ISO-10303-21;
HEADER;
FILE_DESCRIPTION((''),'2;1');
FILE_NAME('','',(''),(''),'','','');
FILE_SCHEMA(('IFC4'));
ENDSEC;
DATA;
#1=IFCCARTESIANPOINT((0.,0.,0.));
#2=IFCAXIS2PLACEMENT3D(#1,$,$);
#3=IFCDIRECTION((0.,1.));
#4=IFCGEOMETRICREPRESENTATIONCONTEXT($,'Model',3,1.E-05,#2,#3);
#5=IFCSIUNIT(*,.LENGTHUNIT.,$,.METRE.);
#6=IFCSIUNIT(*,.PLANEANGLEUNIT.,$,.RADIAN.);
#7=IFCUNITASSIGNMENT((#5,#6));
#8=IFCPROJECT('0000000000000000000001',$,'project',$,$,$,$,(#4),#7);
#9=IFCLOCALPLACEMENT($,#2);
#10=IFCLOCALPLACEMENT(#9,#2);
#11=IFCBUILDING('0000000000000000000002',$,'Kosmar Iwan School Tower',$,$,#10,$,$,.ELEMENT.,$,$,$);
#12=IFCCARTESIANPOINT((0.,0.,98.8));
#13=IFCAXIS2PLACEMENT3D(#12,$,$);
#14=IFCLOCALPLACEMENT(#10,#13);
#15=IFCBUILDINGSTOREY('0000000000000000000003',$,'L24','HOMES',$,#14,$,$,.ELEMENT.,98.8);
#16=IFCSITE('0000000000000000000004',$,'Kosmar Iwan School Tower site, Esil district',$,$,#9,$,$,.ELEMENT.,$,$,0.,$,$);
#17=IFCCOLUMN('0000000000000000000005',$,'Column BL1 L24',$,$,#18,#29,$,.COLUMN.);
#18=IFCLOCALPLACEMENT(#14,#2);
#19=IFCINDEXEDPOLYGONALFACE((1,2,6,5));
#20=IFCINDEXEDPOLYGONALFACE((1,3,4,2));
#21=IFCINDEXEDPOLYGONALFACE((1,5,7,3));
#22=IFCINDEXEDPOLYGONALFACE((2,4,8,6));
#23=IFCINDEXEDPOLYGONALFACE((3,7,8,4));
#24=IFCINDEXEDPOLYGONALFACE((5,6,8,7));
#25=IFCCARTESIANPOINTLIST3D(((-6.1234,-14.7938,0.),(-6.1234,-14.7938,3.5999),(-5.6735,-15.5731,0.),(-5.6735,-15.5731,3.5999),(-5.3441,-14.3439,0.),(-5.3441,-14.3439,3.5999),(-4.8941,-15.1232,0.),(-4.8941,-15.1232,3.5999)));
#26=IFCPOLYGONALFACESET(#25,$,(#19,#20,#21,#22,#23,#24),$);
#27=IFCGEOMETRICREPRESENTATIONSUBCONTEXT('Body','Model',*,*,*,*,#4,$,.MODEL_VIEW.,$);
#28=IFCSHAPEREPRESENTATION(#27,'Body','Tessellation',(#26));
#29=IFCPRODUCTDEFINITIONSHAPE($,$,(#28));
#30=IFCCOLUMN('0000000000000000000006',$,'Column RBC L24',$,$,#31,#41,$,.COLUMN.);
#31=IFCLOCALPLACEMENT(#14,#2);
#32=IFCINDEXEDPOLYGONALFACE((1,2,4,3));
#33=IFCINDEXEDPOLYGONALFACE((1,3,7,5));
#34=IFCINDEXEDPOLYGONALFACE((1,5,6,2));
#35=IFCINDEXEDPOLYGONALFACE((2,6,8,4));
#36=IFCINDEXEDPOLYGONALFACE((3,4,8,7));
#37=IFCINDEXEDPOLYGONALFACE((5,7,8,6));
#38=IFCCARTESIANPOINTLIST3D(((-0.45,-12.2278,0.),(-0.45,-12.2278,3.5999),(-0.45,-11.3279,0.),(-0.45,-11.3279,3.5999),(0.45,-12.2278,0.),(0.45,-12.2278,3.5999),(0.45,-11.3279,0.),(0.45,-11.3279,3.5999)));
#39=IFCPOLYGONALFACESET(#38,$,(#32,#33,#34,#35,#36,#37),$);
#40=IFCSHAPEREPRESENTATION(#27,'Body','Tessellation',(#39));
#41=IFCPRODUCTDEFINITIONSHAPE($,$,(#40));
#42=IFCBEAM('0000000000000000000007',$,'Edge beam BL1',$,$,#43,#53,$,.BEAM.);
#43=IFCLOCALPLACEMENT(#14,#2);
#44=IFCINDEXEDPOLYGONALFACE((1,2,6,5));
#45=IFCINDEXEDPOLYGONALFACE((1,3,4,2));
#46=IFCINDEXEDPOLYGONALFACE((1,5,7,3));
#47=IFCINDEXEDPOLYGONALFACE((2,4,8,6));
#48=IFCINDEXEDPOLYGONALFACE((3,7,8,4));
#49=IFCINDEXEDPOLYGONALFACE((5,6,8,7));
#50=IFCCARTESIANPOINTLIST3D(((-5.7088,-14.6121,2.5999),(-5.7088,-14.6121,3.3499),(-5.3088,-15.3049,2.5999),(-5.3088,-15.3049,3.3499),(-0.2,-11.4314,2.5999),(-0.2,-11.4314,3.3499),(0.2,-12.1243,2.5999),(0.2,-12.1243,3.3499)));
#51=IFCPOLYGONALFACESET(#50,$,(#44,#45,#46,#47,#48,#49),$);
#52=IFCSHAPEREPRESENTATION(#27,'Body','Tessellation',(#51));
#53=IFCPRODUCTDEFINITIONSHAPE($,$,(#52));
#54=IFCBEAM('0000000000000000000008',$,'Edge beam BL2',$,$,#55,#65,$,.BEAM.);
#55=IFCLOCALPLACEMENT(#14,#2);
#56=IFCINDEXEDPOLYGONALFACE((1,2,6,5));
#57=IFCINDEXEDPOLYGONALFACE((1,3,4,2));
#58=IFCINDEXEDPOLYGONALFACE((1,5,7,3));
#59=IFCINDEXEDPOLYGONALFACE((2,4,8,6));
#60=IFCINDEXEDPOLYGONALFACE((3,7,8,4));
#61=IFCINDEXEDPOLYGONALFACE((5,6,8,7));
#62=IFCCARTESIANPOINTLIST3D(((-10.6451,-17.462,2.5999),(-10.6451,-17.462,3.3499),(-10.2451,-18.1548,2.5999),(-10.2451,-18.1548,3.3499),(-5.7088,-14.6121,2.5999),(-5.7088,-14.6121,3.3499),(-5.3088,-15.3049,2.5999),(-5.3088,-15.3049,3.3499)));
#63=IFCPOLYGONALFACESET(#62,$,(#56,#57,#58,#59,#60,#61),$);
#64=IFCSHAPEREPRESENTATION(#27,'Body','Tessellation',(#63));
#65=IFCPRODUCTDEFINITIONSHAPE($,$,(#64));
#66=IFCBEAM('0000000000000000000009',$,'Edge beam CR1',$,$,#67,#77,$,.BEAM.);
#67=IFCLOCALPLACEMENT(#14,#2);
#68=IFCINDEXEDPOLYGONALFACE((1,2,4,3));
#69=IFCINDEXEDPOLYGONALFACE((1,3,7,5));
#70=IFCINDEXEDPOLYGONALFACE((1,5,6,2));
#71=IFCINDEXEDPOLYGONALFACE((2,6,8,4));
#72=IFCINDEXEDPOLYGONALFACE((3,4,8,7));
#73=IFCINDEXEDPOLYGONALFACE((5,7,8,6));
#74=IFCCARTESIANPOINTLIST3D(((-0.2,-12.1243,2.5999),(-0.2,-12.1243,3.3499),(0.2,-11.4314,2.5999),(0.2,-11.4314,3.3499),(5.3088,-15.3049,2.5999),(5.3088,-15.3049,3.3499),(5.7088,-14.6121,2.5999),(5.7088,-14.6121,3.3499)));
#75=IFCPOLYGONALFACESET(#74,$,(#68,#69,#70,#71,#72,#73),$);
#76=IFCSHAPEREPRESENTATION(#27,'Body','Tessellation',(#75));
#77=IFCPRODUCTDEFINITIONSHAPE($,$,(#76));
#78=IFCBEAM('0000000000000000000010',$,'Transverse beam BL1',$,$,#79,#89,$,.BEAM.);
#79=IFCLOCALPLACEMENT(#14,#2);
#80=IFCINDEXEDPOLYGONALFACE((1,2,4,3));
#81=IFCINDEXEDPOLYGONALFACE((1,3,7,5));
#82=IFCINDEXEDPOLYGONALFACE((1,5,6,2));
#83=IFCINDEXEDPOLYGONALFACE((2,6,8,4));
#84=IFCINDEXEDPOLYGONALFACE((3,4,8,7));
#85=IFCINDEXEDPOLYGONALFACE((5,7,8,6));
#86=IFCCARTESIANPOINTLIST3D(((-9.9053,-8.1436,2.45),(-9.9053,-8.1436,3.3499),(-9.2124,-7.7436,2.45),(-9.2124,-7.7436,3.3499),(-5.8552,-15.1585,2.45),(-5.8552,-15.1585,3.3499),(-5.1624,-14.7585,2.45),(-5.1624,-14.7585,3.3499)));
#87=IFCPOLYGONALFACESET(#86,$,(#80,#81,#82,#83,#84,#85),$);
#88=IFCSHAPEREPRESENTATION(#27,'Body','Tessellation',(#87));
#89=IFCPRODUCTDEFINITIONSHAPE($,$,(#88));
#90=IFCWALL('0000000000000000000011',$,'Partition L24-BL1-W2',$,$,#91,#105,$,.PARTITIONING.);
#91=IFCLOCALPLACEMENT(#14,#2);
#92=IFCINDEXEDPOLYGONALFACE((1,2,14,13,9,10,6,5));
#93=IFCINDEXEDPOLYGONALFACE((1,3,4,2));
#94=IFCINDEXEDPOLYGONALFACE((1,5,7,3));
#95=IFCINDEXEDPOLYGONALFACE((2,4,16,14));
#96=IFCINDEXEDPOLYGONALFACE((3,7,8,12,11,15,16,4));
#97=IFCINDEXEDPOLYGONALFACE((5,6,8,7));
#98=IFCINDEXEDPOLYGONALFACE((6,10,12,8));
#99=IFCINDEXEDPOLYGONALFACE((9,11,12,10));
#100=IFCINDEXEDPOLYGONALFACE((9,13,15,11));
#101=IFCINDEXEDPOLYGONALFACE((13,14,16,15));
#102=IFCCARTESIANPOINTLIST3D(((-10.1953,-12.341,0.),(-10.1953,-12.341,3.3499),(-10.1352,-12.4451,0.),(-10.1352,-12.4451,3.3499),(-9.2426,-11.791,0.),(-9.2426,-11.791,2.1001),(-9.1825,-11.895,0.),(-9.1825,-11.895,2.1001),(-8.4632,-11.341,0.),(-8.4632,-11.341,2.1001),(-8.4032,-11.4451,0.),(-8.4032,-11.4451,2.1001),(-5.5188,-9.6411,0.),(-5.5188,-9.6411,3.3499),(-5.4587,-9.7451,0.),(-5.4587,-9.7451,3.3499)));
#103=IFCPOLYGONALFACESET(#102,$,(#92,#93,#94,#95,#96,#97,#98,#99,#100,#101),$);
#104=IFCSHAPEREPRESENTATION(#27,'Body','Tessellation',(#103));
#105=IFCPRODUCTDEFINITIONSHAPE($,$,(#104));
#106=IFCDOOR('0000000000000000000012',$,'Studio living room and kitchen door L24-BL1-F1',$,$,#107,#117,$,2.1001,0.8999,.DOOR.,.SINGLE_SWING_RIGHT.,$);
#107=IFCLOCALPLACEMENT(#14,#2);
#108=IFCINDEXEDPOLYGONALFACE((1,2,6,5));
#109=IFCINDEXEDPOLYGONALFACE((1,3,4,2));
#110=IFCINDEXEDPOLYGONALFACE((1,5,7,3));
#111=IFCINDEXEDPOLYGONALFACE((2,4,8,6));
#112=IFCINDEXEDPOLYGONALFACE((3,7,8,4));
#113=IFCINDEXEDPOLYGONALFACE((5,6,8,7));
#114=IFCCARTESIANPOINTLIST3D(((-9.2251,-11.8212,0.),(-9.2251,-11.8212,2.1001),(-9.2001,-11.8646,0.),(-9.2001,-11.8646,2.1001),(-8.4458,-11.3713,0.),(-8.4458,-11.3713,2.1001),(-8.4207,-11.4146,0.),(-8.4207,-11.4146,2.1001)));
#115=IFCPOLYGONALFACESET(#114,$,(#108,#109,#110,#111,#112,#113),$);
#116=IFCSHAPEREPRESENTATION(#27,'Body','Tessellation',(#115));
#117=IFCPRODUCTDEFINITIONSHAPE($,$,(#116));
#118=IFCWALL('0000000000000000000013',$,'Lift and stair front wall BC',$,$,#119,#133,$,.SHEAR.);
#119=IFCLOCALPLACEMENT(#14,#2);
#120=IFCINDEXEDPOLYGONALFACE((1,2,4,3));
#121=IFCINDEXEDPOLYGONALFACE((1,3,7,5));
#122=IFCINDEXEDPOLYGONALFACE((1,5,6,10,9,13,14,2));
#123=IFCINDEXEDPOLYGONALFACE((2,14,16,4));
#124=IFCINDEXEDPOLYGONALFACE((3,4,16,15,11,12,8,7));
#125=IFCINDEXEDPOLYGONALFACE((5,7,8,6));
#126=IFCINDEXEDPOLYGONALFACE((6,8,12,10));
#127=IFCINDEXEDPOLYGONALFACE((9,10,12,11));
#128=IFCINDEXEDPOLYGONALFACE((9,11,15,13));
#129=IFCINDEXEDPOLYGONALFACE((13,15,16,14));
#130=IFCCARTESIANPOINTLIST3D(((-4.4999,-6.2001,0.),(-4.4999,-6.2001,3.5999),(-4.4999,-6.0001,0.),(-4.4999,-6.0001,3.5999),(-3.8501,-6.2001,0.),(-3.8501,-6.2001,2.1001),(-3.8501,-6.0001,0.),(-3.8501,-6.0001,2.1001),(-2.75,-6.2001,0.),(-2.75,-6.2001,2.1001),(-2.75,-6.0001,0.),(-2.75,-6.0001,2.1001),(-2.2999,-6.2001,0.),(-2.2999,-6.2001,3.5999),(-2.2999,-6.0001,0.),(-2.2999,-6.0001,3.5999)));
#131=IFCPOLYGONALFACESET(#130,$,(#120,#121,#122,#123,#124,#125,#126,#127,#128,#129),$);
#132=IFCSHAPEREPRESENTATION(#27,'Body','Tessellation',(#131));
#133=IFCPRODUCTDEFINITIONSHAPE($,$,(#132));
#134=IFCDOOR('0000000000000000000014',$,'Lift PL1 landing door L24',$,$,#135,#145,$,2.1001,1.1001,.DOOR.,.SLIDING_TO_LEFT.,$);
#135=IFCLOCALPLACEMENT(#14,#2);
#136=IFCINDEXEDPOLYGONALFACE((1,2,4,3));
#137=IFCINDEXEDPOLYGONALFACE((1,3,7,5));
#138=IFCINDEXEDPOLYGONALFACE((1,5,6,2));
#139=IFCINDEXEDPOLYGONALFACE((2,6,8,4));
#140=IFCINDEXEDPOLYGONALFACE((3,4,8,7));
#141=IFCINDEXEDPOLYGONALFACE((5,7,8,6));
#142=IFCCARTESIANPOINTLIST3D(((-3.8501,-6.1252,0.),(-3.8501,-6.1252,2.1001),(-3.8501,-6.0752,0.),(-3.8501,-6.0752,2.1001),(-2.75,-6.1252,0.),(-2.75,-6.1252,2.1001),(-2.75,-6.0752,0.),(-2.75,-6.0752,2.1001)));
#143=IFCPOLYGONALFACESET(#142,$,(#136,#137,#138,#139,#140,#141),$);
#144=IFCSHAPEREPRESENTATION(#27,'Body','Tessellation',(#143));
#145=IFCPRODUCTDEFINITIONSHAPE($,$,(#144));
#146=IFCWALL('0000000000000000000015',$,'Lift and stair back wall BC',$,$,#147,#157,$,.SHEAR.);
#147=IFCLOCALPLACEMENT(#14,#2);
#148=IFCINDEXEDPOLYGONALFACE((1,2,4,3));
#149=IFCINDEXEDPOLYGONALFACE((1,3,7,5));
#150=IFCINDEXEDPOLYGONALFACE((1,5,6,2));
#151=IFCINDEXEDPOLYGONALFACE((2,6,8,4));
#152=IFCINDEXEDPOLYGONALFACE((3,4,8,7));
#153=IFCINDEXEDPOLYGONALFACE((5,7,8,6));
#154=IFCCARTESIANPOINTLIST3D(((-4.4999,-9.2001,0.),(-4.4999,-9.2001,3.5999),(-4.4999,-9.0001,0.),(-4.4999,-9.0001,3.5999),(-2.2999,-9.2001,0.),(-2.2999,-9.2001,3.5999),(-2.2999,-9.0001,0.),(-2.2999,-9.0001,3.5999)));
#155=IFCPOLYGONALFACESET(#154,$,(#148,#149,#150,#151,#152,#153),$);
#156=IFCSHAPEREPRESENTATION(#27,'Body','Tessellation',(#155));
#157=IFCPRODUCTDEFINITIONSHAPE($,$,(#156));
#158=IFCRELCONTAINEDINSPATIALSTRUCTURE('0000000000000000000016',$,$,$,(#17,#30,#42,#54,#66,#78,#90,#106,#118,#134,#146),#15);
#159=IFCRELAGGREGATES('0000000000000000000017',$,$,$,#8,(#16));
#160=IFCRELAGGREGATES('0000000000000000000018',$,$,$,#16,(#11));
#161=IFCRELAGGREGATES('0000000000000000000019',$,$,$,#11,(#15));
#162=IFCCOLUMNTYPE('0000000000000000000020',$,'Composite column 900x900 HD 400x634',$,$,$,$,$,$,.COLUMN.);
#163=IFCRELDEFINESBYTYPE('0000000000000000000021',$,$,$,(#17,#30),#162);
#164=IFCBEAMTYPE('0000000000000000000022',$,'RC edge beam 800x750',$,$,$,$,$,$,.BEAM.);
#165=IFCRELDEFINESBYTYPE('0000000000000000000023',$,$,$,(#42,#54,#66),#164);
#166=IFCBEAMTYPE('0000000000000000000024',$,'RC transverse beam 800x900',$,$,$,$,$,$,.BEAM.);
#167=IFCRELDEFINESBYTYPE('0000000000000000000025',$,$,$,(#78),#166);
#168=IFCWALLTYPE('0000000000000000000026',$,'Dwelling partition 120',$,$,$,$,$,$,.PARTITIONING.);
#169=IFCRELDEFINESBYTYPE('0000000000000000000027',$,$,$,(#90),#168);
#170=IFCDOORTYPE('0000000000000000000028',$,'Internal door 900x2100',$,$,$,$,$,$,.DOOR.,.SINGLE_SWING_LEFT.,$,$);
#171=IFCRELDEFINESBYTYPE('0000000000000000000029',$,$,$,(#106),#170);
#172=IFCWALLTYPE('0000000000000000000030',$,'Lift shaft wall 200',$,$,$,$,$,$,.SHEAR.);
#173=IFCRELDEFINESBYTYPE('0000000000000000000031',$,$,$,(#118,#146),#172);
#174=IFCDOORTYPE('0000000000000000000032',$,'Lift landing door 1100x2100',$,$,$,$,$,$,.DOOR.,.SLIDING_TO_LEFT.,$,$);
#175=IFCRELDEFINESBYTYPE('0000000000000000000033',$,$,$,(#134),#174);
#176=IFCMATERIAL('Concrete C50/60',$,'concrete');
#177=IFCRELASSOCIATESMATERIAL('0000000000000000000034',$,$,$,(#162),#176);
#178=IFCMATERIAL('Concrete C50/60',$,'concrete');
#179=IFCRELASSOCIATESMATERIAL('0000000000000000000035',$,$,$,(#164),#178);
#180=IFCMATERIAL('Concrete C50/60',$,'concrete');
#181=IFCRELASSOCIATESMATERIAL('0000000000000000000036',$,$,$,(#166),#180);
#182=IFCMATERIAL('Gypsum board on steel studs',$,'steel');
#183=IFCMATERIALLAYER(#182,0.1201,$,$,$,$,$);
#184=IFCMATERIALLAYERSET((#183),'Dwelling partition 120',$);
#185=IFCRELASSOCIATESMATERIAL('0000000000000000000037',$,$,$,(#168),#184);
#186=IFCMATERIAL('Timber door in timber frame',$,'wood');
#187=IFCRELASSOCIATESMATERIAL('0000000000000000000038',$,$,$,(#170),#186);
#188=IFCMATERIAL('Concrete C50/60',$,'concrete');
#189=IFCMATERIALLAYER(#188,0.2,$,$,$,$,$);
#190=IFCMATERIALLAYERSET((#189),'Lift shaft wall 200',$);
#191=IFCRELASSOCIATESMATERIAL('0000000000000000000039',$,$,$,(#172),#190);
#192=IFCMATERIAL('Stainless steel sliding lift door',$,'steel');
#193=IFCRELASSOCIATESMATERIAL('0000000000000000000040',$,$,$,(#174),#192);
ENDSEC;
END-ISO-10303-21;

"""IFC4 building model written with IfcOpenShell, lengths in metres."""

from ifc_helpers import new_model, si_unit, direction, frame, frame_2d, origin, origin_2d, place, context, subcontext, project, spatial, rectangle, extrude, material, layer, layer_set, material_profile, profile_set, type_object, element, fill, save


model = new_model("IFC4")

# Units and contexts
model_context = context("Model", 3, precision=1e-05, world=origin(), true_north=direction((0.0, 1.0)))
body_context = subcontext(model_context, "Body", "Model", "MODEL_VIEW")
ifc_project = project(units=[si_unit("LENGTHUNIT", "METRE"), si_unit("PLANEANGLEUNIT", "RADIAN")], contexts=[model_context])

# Site, building, storey
site_placement = place(None, origin())
site = spatial("IfcSite", under=ifc_project, at=site_placement, Name="Kosmar Iwan School Tower site, Esil district", CompositionType="ELEMENT", RefElevation=0.0)
building_placement = place(site_placement, origin())
building = spatial("IfcBuilding", under=site, at=building_placement, Name="Kosmar Iwan School Tower", CompositionType="ELEMENT")
storey_placement = place(building_placement, frame((0.0, 0.0, 98.8)))
storey = spatial("IfcBuildingStorey", under=building, at=storey_placement, Name="L24", Description="HOMES", CompositionType="ELEMENT", Elevation=98.8)

# Columns
ifc_material_1 = material(Name="Concrete C50/60", Category="concrete")
ifc_material_profile_1 = material_profile(ifc_material_1, rectangle(XDim=0.8999, YDim=0.8999, at=origin_2d()), Name="RC 900x900 + HD 400x634")
ifc_profile_set_1 = profile_set([ifc_material_profile_1], Name="Concrete C50/60")
column_type = type_object("IfcColumnType", Name="Composite column 900x900 HD 400x634", PredefinedType="COLUMN", material=ifc_profile_set_1)
for number, where, z_axis, x_axis, name in (
    (1, (-5.5088, -14.9585, 0.0), (0.0, 0.0, 1.0), (-0.866025, -0.5, 0.0), "Column BL1 L24"),
    (2, (0.0, -11.7778, 0.0), (0.0, 0.0, 1.0), (1.0, 0.0, 0.0), "Column RBC L24"),
):
    element("IfcColumn", number, at=place(storey_placement, frame(where, z_axis=z_axis, x_axis=x_axis)), inside=storey, type_object=column_type, Name=name, PredefinedType="COLUMN", context=body_context, shape_type="SweptSolid", body=[
        extrude(rectangle(XDim=0.8999, YDim=0.8999, at=origin_2d()), origin(), (0.0, 0.0, 1.0), 3.5999),
    ])

# Beams
ifc_material_2 = material(Name="Concrete C50/60", Category="concrete")
ifc_material_profile_2 = material_profile(ifc_material_2, rectangle(XDim=0.8, YDim=0.75, at=origin_2d()), Name="RC 800x750")
ifc_profile_set_2 = profile_set([ifc_material_profile_2], Name="Concrete C50/60")
beam_type_1 = type_object("IfcBeamType", Name="RC edge beam 800x750", PredefinedType="BEAM", material=ifc_profile_set_2)
beam_1_placement = place(storey_placement, frame((0.0, -11.7778, 2.9749), z_axis=(-0.866014, -0.500019, 0.0), x_axis=(0.500019, -0.866014, 0.0)))
element("IfcBeam", 3, at=beam_1_placement, inside=storey, type_object=beam_type_1, Name="Edge beam BL1", PredefinedType="BEAM", context=body_context, shape_type="SweptSolid", body=[
    extrude(rectangle(XDim=0.8, YDim=0.75, at=origin_2d()), origin(), (0.0, 0.0, 1.0), 6.3611),
])
beam_2_placement = place(storey_placement, frame((-5.5088, -14.9585, 2.9749), z_axis=(-0.866034, -0.499986, 0.0), x_axis=(0.499986, -0.866034, 0.0)))
element("IfcBeam", 4, at=beam_2_placement, inside=storey, type_object=beam_type_1, Name="Edge beam BL2", PredefinedType="BEAM", context=body_context, shape_type="SweptSolid", body=[
    extrude(rectangle(XDim=0.8, YDim=0.75, at=origin_2d()), origin(), (0.0, 0.0, 1.0), 5.7),
])
beam_3_placement = place(storey_placement, frame((0.0, -11.7778, 2.9749), z_axis=(0.866014, -0.500019, 0.0), x_axis=(0.500019, 0.866014, 0.0)))
element("IfcBeam", 5, at=beam_3_placement, inside=storey, type_object=beam_type_1, Name="Edge beam CR1", PredefinedType="BEAM", context=body_context, shape_type="SweptSolid", body=[
    extrude(rectangle(XDim=0.8, YDim=0.75, at=origin_2d()), origin(), (0.0, 0.0, 1.0), 6.3611),
])
ifc_material_3 = material(Name="Concrete C50/60", Category="concrete")
ifc_material_profile_3 = material_profile(ifc_material_3, rectangle(XDim=0.8, YDim=0.8999, at=origin_2d()), Name="RC 800x900")
ifc_profile_set_3 = profile_set([ifc_material_profile_3], Name="Concrete C50/60")
beam_type_2 = type_object("IfcBeamType", Name="RC transverse beam 800x900", PredefinedType="BEAM", material=ifc_profile_set_3)
beam_4_placement = place(storey_placement, frame((-5.5088, -14.9585, 2.8999), z_axis=(-0.5, 0.866025, 0.0), x_axis=(-0.866025, -0.5, 0.0)))
element("IfcBeam", 6, at=beam_4_placement, inside=storey, type_object=beam_type_2, Name="Transverse beam BL1", PredefinedType="BEAM", context=body_context, shape_type="SweptSolid", body=[
    extrude(rectangle(XDim=0.8, YDim=0.8999, at=origin_2d()), origin(), (0.0, 0.0, 1.0), 8.1001),
])

# Walls, openings, doors
ifc_material_4 = material(Name="Gypsum board on steel studs", Category="steel")
ifc_layer_1 = layer(ifc_material_4, 0.1201)
ifc_layer_set_1 = layer_set([ifc_layer_1], Name="Dwelling partition 120")
wall_type_1 = type_object("IfcWallType", Name="Dwelling partition 120", PredefinedType="PARTITIONING", material=ifc_layer_set_1)
wall_1_placement = place(storey_placement, frame((-5.4888, -9.6931, 0.0), z_axis=(0.0, 0.0, 1.0), x_axis=(-0.866028, -0.499995, 0.0)))
wall_1 = element("IfcWall", 7, at=wall_1_placement, inside=storey, type_object=wall_type_1, Name="Partition L24-BL1-W2", PredefinedType="PARTITIONING", context=body_context, shape_type="SweptSolid", body=[
    extrude(rectangle(XDim=5.3999, YDim=0.1201, at=frame_2d((2.7, 0.0))), origin(), (0.0, 0.0, 1.0), 3.3499),
])
opening_1_placement = place(wall_1_placement, frame((3.3999, 0.0, 0.0)))
opening_1 = element("IfcOpeningElement", 8, at=opening_1_placement, cuts=wall_1, PredefinedType="OPENING", context=body_context, shape_type="SweptSolid", body=[
    extrude(rectangle(XDim=0.8999, YDim=2.1001, at=frame_2d((0.45, 1.05))), frame((0.0, 0.072, 0.0), z_axis=(0.0, -1.0, 0.0), x_axis=(1.0, 0.0, 0.0)), (0.0, 0.0, 1.0), 0.144),
])
ifc_material_5 = material(Name="Timber door in timber frame", Category="wood")
door_type_1 = type_object("IfcDoorType", Name="Internal door 900x2100", OperationType="SINGLE_SWING_LEFT", PredefinedType="DOOR", material=ifc_material_5)
door_1_placement = place(opening_1_placement, origin())
door_1 = element("IfcDoor", 9, at=door_1_placement, inside=storey, type_object=door_type_1, Name="Studio living room and kitchen door L24-BL1-F1", OperationType="SINGLE_SWING_RIGHT", OverallHeight=2.1001, OverallWidth=0.8999, PredefinedType="DOOR", context=body_context, shape_type="SweptSolid", body=[
    extrude(rectangle(XDim=0.8999, YDim=2.1001, at=frame_2d((0.45, 1.05))), frame((0.0, 0.0249, 0.0), z_axis=(0.0, -1.0, 0.0), x_axis=(1.0, 0.0, 0.0)), (0.0, 0.0, 1.0), 0.05),
])
fill(opening_1, door_1)
ifc_material_6 = material(Name="Concrete C50/60", Category="concrete")
ifc_layer_2 = layer(ifc_material_6, 0.2)
ifc_layer_set_2 = layer_set([ifc_layer_2], Name="Lift shaft wall 200")
wall_type_2 = type_object("IfcWallType", Name="Lift shaft wall 200", PredefinedType="SHEAR", material=ifc_layer_set_2)
wall_2_placement = place(storey_placement, frame((-4.5, -6.1001, 0.0), z_axis=(0.0, 0.0, 1.0), x_axis=(1.0, 0.0, 0.0)))
wall_2 = element("IfcWall", 10, at=wall_2_placement, inside=storey, type_object=wall_type_2, Name="Lift and stair front wall BC", PredefinedType="SHEAR", context=body_context, shape_type="SweptSolid", body=[
    extrude(rectangle(XDim=2.2, YDim=0.2, at=frame_2d((1.1001, 0.0))), origin(), (0.0, 0.0, 1.0), 3.5999),
])
opening_2_placement = place(wall_2_placement, frame((0.6499, 0.0, 0.0)))
opening_2 = element("IfcOpeningElement", 11, at=opening_2_placement, cuts=wall_2, PredefinedType="OPENING", context=body_context, shape_type="SweptSolid", body=[
    extrude(rectangle(XDim=1.1001, YDim=2.1001, at=frame_2d((0.55, 1.05))), frame((0.0, 0.1121, 0.0), z_axis=(0.0, -1.0, 0.0), x_axis=(1.0, 0.0, 0.0)), (0.0, 0.0, 1.0), 0.2239),
])
ifc_material_7 = material(Name="Stainless steel sliding lift door", Category="steel")
door_type_2 = type_object("IfcDoorType", Name="Lift landing door 1100x2100", OperationType="SLIDING_TO_LEFT", PredefinedType="DOOR", material=ifc_material_7)
door_2_placement = place(opening_2_placement, origin())
door_2 = element("IfcDoor", 12, at=door_2_placement, inside=storey, type_object=door_type_2, Name="Lift PL1 landing door L24", OperationType="SLIDING_TO_LEFT", OverallHeight=2.1001, OverallWidth=1.1001, PredefinedType="DOOR", context=body_context, shape_type="SweptSolid", body=[
    extrude(rectangle(XDim=1.1001, YDim=2.1001, at=frame_2d((0.55, 1.05))), frame((0.0, 0.0249, 0.0), z_axis=(0.0, -1.0, 0.0), x_axis=(1.0, 0.0, 0.0)), (0.0, 0.0, 1.0), 0.05),
])
fill(opening_2, door_2)

# Wall
wall_3_placement = place(storey_placement, frame((-4.5, -9.1001, 0.0), z_axis=(0.0, 0.0, 1.0), x_axis=(1.0, 0.0, 0.0)))
element("IfcWall", 13, at=wall_3_placement, inside=storey, type_object=wall_type_2, Name="Lift and stair back wall BC", PredefinedType="SHEAR", context=body_context, shape_type="SweptSolid", body=[
    extrude(rectangle(XDim=2.2, YDim=0.2, at=frame_2d((1.1001, 0.0))), origin(), (0.0, 0.0, 1.0), 3.5999),
])

save(model, "model.ifc")
